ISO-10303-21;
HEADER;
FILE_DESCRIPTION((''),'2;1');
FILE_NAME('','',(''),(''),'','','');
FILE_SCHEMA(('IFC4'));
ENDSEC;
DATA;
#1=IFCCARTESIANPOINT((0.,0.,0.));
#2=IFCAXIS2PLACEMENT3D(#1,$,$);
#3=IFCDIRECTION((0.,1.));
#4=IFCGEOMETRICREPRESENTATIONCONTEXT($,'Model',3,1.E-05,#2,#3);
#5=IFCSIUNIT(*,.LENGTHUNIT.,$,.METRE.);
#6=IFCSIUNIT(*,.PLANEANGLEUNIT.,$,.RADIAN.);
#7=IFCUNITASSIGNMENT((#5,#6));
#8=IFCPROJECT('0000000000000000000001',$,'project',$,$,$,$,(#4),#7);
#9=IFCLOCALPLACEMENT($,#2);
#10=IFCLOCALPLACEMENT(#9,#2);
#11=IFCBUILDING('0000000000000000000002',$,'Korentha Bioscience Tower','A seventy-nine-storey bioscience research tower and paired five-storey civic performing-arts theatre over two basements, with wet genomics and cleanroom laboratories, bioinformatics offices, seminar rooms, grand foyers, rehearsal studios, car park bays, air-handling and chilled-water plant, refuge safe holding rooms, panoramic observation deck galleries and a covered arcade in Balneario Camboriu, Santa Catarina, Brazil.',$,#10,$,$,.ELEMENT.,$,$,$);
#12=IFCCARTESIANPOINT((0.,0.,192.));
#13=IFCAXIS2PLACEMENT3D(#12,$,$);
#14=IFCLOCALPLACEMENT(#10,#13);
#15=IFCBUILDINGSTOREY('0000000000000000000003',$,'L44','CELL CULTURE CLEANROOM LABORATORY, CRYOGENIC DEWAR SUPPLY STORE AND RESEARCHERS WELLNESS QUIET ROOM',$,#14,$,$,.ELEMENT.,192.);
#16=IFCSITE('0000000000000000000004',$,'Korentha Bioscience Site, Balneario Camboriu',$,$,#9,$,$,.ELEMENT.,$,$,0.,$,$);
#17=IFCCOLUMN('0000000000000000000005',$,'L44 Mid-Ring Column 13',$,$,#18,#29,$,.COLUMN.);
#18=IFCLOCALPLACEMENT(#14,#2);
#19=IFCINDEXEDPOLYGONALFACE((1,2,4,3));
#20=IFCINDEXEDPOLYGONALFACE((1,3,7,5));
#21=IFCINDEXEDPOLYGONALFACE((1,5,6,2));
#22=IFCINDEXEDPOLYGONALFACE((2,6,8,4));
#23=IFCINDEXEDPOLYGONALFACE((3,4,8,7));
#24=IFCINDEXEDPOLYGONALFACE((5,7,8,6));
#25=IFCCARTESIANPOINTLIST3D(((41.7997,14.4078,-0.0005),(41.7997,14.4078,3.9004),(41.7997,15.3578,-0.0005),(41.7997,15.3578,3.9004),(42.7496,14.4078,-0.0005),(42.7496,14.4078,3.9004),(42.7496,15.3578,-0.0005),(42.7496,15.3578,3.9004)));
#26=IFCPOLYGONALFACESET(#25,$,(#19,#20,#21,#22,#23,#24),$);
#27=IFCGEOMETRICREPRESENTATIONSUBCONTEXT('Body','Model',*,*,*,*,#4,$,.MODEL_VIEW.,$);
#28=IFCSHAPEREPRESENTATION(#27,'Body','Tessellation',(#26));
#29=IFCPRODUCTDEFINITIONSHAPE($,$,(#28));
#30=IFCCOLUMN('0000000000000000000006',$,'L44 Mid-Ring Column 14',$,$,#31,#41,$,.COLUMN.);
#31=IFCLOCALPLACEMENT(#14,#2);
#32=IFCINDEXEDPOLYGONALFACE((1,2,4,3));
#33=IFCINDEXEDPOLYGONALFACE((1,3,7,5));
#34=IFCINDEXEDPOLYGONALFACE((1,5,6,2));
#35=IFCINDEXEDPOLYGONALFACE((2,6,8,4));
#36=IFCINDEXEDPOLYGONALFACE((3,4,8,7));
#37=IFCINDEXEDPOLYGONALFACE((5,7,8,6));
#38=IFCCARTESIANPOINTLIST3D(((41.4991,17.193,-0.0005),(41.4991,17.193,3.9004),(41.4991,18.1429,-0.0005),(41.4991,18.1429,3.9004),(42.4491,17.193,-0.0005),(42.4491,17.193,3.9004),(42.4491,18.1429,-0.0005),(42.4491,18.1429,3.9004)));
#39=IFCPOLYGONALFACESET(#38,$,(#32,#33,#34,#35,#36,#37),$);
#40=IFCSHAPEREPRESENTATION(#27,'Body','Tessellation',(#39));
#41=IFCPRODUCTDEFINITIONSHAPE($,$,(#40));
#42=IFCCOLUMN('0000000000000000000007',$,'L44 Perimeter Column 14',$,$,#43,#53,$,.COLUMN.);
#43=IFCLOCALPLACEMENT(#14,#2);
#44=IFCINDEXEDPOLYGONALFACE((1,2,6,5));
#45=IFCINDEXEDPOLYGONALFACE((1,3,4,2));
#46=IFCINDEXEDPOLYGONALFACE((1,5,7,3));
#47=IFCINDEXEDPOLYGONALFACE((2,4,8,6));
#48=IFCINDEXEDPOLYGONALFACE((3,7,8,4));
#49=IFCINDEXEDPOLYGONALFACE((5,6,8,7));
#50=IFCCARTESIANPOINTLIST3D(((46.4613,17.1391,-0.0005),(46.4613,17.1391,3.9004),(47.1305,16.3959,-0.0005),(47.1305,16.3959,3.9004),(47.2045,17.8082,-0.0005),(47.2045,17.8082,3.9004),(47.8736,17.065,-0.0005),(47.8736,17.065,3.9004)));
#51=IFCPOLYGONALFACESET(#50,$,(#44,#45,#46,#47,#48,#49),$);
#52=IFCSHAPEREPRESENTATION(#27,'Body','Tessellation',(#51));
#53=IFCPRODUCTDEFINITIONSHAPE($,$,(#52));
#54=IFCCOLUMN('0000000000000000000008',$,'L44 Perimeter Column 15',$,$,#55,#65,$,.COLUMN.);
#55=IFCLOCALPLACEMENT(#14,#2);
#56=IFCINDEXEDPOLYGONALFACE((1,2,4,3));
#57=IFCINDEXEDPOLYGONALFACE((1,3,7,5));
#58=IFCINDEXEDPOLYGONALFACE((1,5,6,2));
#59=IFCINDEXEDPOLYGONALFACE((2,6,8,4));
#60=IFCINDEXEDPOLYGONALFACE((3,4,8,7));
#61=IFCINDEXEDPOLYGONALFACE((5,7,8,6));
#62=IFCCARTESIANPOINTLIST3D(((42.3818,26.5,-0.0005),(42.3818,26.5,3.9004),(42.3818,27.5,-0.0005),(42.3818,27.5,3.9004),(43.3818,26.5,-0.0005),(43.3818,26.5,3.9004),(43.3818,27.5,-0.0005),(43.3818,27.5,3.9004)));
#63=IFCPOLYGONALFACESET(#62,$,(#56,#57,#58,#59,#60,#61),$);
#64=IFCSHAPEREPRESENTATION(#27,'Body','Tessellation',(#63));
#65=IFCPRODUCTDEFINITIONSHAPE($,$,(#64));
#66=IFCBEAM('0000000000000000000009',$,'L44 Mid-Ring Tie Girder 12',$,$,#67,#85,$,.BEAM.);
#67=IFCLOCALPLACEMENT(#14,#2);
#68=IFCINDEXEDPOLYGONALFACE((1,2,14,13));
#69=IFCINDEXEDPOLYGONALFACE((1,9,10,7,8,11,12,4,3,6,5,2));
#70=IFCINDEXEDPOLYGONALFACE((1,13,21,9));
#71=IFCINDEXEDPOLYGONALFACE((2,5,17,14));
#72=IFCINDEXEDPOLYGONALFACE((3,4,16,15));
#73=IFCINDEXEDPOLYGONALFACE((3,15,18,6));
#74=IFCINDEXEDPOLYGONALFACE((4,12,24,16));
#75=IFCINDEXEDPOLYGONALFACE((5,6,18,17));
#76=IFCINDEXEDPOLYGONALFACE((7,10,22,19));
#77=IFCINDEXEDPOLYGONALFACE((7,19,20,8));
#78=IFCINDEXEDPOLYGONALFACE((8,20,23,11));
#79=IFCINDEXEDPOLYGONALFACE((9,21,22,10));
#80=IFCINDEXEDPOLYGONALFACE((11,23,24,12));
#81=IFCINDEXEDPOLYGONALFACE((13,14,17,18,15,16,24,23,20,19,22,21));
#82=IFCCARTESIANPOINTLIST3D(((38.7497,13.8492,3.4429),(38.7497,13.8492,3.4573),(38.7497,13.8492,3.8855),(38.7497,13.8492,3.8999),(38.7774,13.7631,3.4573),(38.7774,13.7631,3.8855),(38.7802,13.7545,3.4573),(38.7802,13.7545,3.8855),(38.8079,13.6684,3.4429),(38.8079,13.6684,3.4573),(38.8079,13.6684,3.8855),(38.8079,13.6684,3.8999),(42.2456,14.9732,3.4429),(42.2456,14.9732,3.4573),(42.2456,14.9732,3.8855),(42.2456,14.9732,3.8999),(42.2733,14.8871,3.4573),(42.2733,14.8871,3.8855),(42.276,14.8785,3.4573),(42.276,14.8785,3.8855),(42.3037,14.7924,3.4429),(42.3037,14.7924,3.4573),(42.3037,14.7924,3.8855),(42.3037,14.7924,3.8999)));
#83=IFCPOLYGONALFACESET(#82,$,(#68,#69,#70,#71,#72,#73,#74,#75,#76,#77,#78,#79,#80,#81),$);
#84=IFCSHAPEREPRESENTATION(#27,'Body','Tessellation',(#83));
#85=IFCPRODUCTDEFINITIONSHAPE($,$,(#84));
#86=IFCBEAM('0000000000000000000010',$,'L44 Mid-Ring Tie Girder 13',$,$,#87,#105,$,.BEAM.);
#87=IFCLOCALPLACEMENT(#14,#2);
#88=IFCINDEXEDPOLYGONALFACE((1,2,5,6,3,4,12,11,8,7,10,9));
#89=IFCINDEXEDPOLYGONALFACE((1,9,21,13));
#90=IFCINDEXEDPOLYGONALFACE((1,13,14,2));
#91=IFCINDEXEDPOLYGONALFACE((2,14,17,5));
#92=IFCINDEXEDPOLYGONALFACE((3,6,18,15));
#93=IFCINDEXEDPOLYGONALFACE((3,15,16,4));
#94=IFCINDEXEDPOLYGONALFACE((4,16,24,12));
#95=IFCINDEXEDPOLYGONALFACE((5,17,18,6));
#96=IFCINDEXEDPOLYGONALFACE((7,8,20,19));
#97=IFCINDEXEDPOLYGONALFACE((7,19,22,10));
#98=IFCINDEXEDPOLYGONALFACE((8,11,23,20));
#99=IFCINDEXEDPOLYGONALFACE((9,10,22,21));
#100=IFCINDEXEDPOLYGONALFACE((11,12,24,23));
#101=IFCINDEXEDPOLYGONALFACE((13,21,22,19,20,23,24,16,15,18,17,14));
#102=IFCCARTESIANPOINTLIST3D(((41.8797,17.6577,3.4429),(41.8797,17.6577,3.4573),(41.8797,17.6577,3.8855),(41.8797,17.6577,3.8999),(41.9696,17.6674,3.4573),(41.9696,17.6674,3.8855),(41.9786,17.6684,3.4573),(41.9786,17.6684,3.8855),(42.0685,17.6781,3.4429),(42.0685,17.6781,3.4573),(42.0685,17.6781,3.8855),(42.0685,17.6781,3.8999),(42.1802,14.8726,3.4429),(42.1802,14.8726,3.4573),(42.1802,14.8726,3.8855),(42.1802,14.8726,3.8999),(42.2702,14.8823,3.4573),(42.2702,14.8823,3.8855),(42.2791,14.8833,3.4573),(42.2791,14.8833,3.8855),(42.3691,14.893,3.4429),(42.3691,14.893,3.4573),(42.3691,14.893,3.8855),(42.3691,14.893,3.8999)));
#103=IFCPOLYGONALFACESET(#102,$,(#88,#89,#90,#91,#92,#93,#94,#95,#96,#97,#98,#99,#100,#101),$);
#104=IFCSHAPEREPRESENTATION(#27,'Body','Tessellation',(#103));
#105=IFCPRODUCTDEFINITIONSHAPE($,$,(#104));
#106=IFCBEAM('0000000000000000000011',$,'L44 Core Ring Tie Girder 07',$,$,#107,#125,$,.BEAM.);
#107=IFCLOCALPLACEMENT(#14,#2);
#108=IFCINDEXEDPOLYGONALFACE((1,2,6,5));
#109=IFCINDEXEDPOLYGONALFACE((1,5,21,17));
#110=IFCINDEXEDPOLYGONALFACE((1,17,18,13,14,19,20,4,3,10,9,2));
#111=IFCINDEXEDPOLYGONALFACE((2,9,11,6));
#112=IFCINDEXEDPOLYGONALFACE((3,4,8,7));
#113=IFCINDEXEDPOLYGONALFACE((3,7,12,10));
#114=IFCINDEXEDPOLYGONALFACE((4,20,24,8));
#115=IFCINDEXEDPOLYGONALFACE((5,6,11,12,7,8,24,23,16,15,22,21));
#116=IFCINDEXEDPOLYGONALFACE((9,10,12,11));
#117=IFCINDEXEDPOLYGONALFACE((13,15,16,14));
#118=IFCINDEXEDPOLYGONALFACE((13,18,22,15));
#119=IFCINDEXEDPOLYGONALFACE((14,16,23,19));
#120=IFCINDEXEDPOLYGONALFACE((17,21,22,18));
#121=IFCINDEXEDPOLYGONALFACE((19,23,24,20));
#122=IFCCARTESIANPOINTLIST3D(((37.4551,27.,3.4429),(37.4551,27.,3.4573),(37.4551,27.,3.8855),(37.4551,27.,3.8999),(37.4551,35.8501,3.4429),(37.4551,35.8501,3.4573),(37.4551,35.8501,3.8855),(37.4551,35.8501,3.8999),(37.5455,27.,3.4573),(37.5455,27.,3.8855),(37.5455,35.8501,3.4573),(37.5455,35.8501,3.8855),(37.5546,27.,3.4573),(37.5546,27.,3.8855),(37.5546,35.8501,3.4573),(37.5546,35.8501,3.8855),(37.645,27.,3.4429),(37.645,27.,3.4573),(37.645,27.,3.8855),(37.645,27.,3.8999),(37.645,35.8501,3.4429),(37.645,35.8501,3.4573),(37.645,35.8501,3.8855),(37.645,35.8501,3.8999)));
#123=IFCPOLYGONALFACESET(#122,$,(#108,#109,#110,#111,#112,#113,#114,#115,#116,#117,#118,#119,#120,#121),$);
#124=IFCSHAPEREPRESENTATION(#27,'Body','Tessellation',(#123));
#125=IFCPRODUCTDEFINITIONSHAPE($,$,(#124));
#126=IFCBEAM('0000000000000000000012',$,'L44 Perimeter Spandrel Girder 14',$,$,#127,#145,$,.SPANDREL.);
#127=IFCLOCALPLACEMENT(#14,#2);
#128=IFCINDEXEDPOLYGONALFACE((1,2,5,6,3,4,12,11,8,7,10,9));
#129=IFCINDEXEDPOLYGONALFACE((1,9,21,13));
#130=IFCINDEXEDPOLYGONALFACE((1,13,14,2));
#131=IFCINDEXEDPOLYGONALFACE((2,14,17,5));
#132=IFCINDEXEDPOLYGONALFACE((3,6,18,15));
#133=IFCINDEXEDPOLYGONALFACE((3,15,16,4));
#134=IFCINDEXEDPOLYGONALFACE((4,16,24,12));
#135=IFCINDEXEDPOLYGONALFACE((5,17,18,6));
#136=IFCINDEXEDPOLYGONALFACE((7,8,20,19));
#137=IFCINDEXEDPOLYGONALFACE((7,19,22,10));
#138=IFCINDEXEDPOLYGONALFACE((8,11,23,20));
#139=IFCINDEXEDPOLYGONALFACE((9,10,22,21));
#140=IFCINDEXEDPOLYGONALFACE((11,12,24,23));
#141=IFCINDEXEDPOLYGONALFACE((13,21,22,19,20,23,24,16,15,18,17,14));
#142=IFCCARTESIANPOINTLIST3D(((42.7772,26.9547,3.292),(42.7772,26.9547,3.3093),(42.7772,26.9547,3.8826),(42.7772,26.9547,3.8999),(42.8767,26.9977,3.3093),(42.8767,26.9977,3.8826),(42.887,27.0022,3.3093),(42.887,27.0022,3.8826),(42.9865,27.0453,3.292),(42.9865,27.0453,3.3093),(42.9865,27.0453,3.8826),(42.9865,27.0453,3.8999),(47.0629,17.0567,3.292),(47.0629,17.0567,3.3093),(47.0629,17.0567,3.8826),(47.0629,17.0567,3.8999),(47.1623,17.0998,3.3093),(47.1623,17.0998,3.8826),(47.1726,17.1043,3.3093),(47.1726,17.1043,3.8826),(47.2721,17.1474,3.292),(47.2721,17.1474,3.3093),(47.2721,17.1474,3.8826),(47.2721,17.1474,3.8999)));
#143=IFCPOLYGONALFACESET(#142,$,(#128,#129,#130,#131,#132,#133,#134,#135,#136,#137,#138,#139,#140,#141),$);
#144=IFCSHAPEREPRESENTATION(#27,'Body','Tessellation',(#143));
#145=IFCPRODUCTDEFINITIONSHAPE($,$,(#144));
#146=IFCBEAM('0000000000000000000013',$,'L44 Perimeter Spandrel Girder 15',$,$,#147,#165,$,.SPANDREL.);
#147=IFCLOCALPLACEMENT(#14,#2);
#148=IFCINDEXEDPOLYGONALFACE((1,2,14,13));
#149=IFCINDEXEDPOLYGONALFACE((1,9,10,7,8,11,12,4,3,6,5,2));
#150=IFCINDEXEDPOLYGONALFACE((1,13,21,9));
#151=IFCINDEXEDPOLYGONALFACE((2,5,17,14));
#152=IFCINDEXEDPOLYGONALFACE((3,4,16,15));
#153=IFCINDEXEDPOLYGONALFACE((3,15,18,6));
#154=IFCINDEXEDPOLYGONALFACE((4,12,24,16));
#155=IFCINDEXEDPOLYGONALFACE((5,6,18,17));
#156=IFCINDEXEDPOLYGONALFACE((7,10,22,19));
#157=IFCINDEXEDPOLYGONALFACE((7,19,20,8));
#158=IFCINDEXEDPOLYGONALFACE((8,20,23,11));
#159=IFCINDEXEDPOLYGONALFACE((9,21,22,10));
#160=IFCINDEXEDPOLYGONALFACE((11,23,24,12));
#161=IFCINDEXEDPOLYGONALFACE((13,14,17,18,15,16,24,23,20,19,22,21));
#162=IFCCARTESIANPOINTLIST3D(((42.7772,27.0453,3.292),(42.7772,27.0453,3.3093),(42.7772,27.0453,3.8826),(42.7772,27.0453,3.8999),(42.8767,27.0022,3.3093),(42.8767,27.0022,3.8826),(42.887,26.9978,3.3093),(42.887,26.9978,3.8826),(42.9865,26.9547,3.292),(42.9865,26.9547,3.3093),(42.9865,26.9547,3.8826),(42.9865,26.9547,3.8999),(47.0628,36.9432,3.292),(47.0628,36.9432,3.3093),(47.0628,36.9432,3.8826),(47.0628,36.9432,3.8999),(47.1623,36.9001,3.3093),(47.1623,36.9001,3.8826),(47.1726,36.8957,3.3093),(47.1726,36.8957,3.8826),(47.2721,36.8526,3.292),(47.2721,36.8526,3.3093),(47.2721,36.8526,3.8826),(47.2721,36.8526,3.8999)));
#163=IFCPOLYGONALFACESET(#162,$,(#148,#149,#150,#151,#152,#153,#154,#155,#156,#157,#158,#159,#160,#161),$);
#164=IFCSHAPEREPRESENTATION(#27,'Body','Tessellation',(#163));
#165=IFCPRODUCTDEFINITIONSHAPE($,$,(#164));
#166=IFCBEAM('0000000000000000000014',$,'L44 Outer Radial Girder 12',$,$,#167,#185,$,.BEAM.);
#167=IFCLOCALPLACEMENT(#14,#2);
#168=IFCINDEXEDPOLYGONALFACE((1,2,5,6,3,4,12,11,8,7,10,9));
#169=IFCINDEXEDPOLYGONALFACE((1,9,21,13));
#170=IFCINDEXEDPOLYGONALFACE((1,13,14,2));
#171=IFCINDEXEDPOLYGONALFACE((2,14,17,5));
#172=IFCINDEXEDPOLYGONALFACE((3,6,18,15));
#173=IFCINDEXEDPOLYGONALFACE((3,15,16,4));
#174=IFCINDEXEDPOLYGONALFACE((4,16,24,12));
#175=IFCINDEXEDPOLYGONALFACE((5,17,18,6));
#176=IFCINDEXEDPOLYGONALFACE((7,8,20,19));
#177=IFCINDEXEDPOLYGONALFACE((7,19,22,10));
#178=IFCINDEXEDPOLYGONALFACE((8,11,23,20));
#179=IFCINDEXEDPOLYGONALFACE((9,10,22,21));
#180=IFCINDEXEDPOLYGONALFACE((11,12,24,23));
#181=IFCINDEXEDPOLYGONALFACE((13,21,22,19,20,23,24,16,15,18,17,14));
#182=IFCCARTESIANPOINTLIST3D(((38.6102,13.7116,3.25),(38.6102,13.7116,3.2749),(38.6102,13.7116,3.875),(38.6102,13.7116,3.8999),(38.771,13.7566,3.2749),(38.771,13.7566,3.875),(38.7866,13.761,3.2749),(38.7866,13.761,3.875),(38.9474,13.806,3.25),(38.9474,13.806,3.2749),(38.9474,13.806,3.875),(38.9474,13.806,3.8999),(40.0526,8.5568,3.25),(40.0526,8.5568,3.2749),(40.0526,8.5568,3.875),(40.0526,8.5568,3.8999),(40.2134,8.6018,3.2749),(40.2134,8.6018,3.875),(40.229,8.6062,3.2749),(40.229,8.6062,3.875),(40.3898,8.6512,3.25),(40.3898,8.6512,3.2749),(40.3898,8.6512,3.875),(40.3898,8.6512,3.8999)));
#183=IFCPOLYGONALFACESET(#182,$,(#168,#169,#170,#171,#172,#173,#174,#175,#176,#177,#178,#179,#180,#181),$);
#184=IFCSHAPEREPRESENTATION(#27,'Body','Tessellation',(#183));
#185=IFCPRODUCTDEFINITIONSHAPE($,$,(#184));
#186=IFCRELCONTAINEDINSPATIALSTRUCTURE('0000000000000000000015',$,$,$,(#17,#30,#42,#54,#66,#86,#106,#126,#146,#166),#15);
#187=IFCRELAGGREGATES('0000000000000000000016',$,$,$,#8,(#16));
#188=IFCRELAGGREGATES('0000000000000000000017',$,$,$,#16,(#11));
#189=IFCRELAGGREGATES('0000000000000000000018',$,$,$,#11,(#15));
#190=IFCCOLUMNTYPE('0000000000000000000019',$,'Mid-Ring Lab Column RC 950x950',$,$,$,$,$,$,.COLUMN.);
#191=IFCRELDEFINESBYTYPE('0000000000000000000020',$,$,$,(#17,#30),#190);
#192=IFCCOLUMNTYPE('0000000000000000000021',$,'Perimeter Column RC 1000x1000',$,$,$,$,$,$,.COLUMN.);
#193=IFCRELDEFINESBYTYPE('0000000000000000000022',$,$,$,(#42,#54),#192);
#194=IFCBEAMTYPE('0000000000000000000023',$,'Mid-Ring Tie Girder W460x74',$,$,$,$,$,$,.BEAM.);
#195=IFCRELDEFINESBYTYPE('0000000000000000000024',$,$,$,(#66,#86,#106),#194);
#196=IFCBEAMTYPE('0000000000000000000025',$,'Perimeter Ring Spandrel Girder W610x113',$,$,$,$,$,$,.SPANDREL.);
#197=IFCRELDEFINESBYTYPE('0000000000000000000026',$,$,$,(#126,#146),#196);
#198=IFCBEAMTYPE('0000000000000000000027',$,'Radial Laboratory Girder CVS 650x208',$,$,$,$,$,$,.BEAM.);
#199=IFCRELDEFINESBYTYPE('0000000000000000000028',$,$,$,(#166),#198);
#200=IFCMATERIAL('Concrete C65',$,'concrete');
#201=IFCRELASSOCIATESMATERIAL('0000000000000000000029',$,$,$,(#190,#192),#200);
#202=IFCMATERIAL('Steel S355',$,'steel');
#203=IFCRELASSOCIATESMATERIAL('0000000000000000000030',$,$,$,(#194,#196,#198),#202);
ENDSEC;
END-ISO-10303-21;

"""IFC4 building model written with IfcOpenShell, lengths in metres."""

from ifc_helpers import new_model, si_unit, direction, frame, origin, origin_2d, place, context, subcontext, project, spatial, rectangle, i_section, extrude, material, material_profile, profile_set, type_object, element, save


model = new_model("IFC4")

# Units and contexts
model_context = context("Model", 3, precision=1e-05, world=origin(), true_north=direction((0.0, 1.0)))
body_context = subcontext(model_context, "Body", "Model", "MODEL_VIEW")
ifc_project = project(units=[si_unit("LENGTHUNIT", "METRE"), si_unit("PLANEANGLEUNIT", "RADIAN")], contexts=[model_context])

# Site, building, storey
site_placement = place(None, origin())
site = spatial("IfcSite", under=ifc_project, at=site_placement, Name="Korentha Bioscience Site, Balneario Camboriu", CompositionType="ELEMENT", RefElevation=0.0)
building_placement = place(site_placement, origin())
building = spatial("IfcBuilding", under=site, at=building_placement, Name="Korentha Bioscience Tower", Description="A seventy-nine-storey bioscience research tower and paired five-storey civic performing-arts theatre over two basements, with wet genomics and cleanroom laboratories, bioinformatics offices, seminar rooms, grand foyers, rehearsal studios, car park bays, air-handling and chilled-water plant, refuge safe holding rooms, panoramic observation deck galleries and a covered arcade in Balneario Camboriu, Santa Catarina, Brazil.", CompositionType="ELEMENT")
storey_placement = place(building_placement, frame((0.0, 0.0, 192.0)))
storey = spatial("IfcBuildingStorey", under=building, at=storey_placement, Name="L44", Description="CELL CULTURE CLEANROOM LABORATORY, CRYOGENIC DEWAR SUPPLY STORE AND RESEARCHERS WELLNESS QUIET ROOM", CompositionType="ELEMENT", Elevation=192.0)

# Columns
ifc_material_1 = material(Name="Concrete C65", Category="concrete")
ifc_material_profile_1 = material_profile(ifc_material_1, rectangle(XDim=0.95, YDim=0.95, at=origin_2d()), Name="Concrete C65")
ifc_profile_set_1 = profile_set([ifc_material_profile_1], Name="Concrete C65 (COL-MR09)")
column_type_1 = type_object("IfcColumnType", Name="Mid-Ring Lab Column RC 950x950", PredefinedType="COLUMN", material=ifc_profile_set_1)
for number, where, z_axis, x_axis, name in (
    (1, (42.2747, 14.8828, -0.0005), (0.0, 0.0, 1.0), (1.0, 0.0, 0.0), "L44 Mid-Ring Column 13"),
    (2, (41.9741, 17.668, -0.0005), (0.0, 0.0, 1.0), (1.0, 0.0, 0.0), "L44 Mid-Ring Column 14"),
):
    element("IfcColumn", number, at=place(storey_placement, frame(where, z_axis=z_axis, x_axis=x_axis)), inside=storey, type_object=column_type_1, Name=name, PredefinedType="COLUMN", context=body_context, shape_type="SweptSolid", body=[
        extrude(rectangle(XDim=0.95, YDim=0.95, at=origin_2d()), origin(), (0.0, 0.0, 1.0), 3.9009),
    ])
ifc_material_profile_2 = material_profile(ifc_material_1, rectangle(XDim=1.0, YDim=1.0, at=origin_2d()), Name="Concrete C65")
ifc_profile_set_2 = profile_set([ifc_material_profile_2], Name="Concrete C65 (COL-P10)")
column_type_2 = type_object("IfcColumnType", Name="Perimeter Column RC 1000x1000", PredefinedType="COLUMN", material=ifc_profile_set_2)
for number, where, z_axis, x_axis, name in (
    (3, (47.1675, 17.1021, -0.0005), (0.0, 0.0, 1.0), (-0.669131, 0.743145, 0.0), "L44 Perimeter Column 14"),
    (4, (42.8818, 27.0, -0.0005), (0.0, 0.0, 1.0), (0.0, 1.0, 0.0), "L44 Perimeter Column 15"),
):
    element("IfcColumn", number, at=place(storey_placement, frame(where, z_axis=z_axis, x_axis=x_axis)), inside=storey, type_object=column_type_2, Name=name, PredefinedType="COLUMN", context=body_context, shape_type="SweptSolid", body=[
        extrude(rectangle(XDim=1.0, YDim=1.0, at=origin_2d()), origin(), (0.0, 0.0, 1.0), 3.9009),
    ])

# Beams
ifc_material_2 = material(Name="Steel S355", Category="steel")
ifc_material_profile_3 = material_profile(ifc_material_2, i_section(OverallWidth=0.1899, OverallDepth=0.457, WebThickness=0.009, FlangeThickness=0.0144, at=origin_2d()), Name="Steel S355")
ifc_profile_set_3 = profile_set([ifc_material_profile_3], Name="Steel S355 (MB-460)")
beam_type_1 = type_object("IfcBeamType", Name="Mid-Ring Tie Girder W460x74", PredefinedType="BEAM", material=ifc_profile_set_3)
beam_1_placement = place(storey_placement, frame((38.7788, 13.7588, 3.6714), z_axis=(0.952, 0.306097, 0.0), x_axis=(-0.306097, 0.952, 0.0)))
element("IfcBeam", 5, at=beam_1_placement, inside=storey, type_object=beam_type_1, Name="L44 Mid-Ring Tie Girder 12", PredefinedType="BEAM", context=body_context, shape_type="SweptSolid", body=[
    extrude(i_section(OverallWidth=0.1899, OverallDepth=0.457, WebThickness=0.009, FlangeThickness=0.0144, at=origin_2d()), origin(), (0.0, 0.0, 1.0), 3.6721),
])
beam_2_placement = place(storey_placement, frame((42.2747, 14.8828, 3.6714), z_axis=(-0.107284, 0.994228, 0.0), x_axis=(-0.994228, -0.107284, 0.0)))
element("IfcBeam", 6, at=beam_2_placement, inside=storey, type_object=beam_type_1, Name="L44 Mid-Ring Tie Girder 13", PredefinedType="BEAM", context=body_context, shape_type="SweptSolid", body=[
    extrude(i_section(OverallWidth=0.1899, OverallDepth=0.457, WebThickness=0.009, FlangeThickness=0.0144, at=origin_2d()), origin(), (0.0, 0.0, 1.0), 2.8013),
])
beam_3_placement = place(storey_placement, frame((37.55, 27.0, 3.6714), z_axis=(0.0, 1.0, 0.0), x_axis=(-1.0, 0.0, 0.0)))
element("IfcBeam", 7, at=beam_3_placement, inside=storey, type_object=beam_type_1, Name="L44 Core Ring Tie Girder 07", PredefinedType="BEAM", context=body_context, shape_type="SweptSolid", body=[
    extrude(i_section(OverallWidth=0.1899, OverallDepth=0.457, WebThickness=0.009, FlangeThickness=0.0144, at=origin_2d()), origin(), (0.0, 0.0, 1.0), 8.8501),
])
ifc_material_profile_4 = material_profile(ifc_material_2, i_section(OverallWidth=0.228, OverallDepth=0.6079, WebThickness=0.0112, FlangeThickness=0.0173, at=origin_2d()), Name="Steel S355")
ifc_profile_set_4 = profile_set([ifc_material_profile_4], Name="Steel S355 (SB-610)")
beam_type_2 = type_object("IfcBeamType", Name="Perimeter Ring Spandrel Girder W610x113", PredefinedType="SPANDREL", material=ifc_profile_set_4)
for number, where, z_axis, x_axis, name in (
    (8, (47.1675, 17.1021, 3.5959), (-0.397337, 0.917673, 0.0), (-0.917673, -0.397337, 0.0), "L44 Perimeter Spandrel Girder 14"),
    (9, (42.8818, 27.0, 3.5959), (0.397337, 0.917673, 0.0), (-0.917673, 0.397337, 0.0), "L44 Perimeter Spandrel Girder 15"),
):
    element("IfcBeam", number, at=place(storey_placement, frame(where, z_axis=z_axis, x_axis=x_axis)), inside=storey, type_object=beam_type_2, Name=name, PredefinedType="SPANDREL", context=body_context, shape_type="SweptSolid", body=[
        extrude(i_section(OverallWidth=0.228, OverallDepth=0.6079, WebThickness=0.0112, FlangeThickness=0.0173, at=origin_2d()), origin(), (0.0, 0.0, 1.0), 10.7859),
    ])
ifc_material_profile_5 = material_profile(ifc_material_2, i_section(OverallWidth=0.3501, OverallDepth=0.6499, WebThickness=0.0161, FlangeThickness=0.0249, at=origin_2d()), Name="Steel S355")
ifc_profile_set_5 = profile_set([ifc_material_profile_5], Name="Steel S355 (RB-650)")
beam_type_3 = type_object("IfcBeamType", Name="Radial Laboratory Girder CVS 650x208", PredefinedType="BEAM", material=ifc_profile_set_5)
beam_4_placement = place(storey_placement, frame((38.7788, 13.7588, 3.575), z_axis=(0.269464, -0.96301, 0.0), x_axis=(0.96301, 0.269464, 0.0)))
element("IfcBeam", 10, at=beam_4_placement, inside=storey, type_object=beam_type_3, Name="L44 Outer Radial Girder 12", PredefinedType="BEAM", context=body_context, shape_type="SweptSolid", body=[
    extrude(i_section(OverallWidth=0.3501, OverallDepth=0.6499, WebThickness=0.0161, FlangeThickness=0.0249, at=origin_2d()), origin(), (0.0, 0.0, 1.0), 5.3528),
])

save(model, "model.ifc")
